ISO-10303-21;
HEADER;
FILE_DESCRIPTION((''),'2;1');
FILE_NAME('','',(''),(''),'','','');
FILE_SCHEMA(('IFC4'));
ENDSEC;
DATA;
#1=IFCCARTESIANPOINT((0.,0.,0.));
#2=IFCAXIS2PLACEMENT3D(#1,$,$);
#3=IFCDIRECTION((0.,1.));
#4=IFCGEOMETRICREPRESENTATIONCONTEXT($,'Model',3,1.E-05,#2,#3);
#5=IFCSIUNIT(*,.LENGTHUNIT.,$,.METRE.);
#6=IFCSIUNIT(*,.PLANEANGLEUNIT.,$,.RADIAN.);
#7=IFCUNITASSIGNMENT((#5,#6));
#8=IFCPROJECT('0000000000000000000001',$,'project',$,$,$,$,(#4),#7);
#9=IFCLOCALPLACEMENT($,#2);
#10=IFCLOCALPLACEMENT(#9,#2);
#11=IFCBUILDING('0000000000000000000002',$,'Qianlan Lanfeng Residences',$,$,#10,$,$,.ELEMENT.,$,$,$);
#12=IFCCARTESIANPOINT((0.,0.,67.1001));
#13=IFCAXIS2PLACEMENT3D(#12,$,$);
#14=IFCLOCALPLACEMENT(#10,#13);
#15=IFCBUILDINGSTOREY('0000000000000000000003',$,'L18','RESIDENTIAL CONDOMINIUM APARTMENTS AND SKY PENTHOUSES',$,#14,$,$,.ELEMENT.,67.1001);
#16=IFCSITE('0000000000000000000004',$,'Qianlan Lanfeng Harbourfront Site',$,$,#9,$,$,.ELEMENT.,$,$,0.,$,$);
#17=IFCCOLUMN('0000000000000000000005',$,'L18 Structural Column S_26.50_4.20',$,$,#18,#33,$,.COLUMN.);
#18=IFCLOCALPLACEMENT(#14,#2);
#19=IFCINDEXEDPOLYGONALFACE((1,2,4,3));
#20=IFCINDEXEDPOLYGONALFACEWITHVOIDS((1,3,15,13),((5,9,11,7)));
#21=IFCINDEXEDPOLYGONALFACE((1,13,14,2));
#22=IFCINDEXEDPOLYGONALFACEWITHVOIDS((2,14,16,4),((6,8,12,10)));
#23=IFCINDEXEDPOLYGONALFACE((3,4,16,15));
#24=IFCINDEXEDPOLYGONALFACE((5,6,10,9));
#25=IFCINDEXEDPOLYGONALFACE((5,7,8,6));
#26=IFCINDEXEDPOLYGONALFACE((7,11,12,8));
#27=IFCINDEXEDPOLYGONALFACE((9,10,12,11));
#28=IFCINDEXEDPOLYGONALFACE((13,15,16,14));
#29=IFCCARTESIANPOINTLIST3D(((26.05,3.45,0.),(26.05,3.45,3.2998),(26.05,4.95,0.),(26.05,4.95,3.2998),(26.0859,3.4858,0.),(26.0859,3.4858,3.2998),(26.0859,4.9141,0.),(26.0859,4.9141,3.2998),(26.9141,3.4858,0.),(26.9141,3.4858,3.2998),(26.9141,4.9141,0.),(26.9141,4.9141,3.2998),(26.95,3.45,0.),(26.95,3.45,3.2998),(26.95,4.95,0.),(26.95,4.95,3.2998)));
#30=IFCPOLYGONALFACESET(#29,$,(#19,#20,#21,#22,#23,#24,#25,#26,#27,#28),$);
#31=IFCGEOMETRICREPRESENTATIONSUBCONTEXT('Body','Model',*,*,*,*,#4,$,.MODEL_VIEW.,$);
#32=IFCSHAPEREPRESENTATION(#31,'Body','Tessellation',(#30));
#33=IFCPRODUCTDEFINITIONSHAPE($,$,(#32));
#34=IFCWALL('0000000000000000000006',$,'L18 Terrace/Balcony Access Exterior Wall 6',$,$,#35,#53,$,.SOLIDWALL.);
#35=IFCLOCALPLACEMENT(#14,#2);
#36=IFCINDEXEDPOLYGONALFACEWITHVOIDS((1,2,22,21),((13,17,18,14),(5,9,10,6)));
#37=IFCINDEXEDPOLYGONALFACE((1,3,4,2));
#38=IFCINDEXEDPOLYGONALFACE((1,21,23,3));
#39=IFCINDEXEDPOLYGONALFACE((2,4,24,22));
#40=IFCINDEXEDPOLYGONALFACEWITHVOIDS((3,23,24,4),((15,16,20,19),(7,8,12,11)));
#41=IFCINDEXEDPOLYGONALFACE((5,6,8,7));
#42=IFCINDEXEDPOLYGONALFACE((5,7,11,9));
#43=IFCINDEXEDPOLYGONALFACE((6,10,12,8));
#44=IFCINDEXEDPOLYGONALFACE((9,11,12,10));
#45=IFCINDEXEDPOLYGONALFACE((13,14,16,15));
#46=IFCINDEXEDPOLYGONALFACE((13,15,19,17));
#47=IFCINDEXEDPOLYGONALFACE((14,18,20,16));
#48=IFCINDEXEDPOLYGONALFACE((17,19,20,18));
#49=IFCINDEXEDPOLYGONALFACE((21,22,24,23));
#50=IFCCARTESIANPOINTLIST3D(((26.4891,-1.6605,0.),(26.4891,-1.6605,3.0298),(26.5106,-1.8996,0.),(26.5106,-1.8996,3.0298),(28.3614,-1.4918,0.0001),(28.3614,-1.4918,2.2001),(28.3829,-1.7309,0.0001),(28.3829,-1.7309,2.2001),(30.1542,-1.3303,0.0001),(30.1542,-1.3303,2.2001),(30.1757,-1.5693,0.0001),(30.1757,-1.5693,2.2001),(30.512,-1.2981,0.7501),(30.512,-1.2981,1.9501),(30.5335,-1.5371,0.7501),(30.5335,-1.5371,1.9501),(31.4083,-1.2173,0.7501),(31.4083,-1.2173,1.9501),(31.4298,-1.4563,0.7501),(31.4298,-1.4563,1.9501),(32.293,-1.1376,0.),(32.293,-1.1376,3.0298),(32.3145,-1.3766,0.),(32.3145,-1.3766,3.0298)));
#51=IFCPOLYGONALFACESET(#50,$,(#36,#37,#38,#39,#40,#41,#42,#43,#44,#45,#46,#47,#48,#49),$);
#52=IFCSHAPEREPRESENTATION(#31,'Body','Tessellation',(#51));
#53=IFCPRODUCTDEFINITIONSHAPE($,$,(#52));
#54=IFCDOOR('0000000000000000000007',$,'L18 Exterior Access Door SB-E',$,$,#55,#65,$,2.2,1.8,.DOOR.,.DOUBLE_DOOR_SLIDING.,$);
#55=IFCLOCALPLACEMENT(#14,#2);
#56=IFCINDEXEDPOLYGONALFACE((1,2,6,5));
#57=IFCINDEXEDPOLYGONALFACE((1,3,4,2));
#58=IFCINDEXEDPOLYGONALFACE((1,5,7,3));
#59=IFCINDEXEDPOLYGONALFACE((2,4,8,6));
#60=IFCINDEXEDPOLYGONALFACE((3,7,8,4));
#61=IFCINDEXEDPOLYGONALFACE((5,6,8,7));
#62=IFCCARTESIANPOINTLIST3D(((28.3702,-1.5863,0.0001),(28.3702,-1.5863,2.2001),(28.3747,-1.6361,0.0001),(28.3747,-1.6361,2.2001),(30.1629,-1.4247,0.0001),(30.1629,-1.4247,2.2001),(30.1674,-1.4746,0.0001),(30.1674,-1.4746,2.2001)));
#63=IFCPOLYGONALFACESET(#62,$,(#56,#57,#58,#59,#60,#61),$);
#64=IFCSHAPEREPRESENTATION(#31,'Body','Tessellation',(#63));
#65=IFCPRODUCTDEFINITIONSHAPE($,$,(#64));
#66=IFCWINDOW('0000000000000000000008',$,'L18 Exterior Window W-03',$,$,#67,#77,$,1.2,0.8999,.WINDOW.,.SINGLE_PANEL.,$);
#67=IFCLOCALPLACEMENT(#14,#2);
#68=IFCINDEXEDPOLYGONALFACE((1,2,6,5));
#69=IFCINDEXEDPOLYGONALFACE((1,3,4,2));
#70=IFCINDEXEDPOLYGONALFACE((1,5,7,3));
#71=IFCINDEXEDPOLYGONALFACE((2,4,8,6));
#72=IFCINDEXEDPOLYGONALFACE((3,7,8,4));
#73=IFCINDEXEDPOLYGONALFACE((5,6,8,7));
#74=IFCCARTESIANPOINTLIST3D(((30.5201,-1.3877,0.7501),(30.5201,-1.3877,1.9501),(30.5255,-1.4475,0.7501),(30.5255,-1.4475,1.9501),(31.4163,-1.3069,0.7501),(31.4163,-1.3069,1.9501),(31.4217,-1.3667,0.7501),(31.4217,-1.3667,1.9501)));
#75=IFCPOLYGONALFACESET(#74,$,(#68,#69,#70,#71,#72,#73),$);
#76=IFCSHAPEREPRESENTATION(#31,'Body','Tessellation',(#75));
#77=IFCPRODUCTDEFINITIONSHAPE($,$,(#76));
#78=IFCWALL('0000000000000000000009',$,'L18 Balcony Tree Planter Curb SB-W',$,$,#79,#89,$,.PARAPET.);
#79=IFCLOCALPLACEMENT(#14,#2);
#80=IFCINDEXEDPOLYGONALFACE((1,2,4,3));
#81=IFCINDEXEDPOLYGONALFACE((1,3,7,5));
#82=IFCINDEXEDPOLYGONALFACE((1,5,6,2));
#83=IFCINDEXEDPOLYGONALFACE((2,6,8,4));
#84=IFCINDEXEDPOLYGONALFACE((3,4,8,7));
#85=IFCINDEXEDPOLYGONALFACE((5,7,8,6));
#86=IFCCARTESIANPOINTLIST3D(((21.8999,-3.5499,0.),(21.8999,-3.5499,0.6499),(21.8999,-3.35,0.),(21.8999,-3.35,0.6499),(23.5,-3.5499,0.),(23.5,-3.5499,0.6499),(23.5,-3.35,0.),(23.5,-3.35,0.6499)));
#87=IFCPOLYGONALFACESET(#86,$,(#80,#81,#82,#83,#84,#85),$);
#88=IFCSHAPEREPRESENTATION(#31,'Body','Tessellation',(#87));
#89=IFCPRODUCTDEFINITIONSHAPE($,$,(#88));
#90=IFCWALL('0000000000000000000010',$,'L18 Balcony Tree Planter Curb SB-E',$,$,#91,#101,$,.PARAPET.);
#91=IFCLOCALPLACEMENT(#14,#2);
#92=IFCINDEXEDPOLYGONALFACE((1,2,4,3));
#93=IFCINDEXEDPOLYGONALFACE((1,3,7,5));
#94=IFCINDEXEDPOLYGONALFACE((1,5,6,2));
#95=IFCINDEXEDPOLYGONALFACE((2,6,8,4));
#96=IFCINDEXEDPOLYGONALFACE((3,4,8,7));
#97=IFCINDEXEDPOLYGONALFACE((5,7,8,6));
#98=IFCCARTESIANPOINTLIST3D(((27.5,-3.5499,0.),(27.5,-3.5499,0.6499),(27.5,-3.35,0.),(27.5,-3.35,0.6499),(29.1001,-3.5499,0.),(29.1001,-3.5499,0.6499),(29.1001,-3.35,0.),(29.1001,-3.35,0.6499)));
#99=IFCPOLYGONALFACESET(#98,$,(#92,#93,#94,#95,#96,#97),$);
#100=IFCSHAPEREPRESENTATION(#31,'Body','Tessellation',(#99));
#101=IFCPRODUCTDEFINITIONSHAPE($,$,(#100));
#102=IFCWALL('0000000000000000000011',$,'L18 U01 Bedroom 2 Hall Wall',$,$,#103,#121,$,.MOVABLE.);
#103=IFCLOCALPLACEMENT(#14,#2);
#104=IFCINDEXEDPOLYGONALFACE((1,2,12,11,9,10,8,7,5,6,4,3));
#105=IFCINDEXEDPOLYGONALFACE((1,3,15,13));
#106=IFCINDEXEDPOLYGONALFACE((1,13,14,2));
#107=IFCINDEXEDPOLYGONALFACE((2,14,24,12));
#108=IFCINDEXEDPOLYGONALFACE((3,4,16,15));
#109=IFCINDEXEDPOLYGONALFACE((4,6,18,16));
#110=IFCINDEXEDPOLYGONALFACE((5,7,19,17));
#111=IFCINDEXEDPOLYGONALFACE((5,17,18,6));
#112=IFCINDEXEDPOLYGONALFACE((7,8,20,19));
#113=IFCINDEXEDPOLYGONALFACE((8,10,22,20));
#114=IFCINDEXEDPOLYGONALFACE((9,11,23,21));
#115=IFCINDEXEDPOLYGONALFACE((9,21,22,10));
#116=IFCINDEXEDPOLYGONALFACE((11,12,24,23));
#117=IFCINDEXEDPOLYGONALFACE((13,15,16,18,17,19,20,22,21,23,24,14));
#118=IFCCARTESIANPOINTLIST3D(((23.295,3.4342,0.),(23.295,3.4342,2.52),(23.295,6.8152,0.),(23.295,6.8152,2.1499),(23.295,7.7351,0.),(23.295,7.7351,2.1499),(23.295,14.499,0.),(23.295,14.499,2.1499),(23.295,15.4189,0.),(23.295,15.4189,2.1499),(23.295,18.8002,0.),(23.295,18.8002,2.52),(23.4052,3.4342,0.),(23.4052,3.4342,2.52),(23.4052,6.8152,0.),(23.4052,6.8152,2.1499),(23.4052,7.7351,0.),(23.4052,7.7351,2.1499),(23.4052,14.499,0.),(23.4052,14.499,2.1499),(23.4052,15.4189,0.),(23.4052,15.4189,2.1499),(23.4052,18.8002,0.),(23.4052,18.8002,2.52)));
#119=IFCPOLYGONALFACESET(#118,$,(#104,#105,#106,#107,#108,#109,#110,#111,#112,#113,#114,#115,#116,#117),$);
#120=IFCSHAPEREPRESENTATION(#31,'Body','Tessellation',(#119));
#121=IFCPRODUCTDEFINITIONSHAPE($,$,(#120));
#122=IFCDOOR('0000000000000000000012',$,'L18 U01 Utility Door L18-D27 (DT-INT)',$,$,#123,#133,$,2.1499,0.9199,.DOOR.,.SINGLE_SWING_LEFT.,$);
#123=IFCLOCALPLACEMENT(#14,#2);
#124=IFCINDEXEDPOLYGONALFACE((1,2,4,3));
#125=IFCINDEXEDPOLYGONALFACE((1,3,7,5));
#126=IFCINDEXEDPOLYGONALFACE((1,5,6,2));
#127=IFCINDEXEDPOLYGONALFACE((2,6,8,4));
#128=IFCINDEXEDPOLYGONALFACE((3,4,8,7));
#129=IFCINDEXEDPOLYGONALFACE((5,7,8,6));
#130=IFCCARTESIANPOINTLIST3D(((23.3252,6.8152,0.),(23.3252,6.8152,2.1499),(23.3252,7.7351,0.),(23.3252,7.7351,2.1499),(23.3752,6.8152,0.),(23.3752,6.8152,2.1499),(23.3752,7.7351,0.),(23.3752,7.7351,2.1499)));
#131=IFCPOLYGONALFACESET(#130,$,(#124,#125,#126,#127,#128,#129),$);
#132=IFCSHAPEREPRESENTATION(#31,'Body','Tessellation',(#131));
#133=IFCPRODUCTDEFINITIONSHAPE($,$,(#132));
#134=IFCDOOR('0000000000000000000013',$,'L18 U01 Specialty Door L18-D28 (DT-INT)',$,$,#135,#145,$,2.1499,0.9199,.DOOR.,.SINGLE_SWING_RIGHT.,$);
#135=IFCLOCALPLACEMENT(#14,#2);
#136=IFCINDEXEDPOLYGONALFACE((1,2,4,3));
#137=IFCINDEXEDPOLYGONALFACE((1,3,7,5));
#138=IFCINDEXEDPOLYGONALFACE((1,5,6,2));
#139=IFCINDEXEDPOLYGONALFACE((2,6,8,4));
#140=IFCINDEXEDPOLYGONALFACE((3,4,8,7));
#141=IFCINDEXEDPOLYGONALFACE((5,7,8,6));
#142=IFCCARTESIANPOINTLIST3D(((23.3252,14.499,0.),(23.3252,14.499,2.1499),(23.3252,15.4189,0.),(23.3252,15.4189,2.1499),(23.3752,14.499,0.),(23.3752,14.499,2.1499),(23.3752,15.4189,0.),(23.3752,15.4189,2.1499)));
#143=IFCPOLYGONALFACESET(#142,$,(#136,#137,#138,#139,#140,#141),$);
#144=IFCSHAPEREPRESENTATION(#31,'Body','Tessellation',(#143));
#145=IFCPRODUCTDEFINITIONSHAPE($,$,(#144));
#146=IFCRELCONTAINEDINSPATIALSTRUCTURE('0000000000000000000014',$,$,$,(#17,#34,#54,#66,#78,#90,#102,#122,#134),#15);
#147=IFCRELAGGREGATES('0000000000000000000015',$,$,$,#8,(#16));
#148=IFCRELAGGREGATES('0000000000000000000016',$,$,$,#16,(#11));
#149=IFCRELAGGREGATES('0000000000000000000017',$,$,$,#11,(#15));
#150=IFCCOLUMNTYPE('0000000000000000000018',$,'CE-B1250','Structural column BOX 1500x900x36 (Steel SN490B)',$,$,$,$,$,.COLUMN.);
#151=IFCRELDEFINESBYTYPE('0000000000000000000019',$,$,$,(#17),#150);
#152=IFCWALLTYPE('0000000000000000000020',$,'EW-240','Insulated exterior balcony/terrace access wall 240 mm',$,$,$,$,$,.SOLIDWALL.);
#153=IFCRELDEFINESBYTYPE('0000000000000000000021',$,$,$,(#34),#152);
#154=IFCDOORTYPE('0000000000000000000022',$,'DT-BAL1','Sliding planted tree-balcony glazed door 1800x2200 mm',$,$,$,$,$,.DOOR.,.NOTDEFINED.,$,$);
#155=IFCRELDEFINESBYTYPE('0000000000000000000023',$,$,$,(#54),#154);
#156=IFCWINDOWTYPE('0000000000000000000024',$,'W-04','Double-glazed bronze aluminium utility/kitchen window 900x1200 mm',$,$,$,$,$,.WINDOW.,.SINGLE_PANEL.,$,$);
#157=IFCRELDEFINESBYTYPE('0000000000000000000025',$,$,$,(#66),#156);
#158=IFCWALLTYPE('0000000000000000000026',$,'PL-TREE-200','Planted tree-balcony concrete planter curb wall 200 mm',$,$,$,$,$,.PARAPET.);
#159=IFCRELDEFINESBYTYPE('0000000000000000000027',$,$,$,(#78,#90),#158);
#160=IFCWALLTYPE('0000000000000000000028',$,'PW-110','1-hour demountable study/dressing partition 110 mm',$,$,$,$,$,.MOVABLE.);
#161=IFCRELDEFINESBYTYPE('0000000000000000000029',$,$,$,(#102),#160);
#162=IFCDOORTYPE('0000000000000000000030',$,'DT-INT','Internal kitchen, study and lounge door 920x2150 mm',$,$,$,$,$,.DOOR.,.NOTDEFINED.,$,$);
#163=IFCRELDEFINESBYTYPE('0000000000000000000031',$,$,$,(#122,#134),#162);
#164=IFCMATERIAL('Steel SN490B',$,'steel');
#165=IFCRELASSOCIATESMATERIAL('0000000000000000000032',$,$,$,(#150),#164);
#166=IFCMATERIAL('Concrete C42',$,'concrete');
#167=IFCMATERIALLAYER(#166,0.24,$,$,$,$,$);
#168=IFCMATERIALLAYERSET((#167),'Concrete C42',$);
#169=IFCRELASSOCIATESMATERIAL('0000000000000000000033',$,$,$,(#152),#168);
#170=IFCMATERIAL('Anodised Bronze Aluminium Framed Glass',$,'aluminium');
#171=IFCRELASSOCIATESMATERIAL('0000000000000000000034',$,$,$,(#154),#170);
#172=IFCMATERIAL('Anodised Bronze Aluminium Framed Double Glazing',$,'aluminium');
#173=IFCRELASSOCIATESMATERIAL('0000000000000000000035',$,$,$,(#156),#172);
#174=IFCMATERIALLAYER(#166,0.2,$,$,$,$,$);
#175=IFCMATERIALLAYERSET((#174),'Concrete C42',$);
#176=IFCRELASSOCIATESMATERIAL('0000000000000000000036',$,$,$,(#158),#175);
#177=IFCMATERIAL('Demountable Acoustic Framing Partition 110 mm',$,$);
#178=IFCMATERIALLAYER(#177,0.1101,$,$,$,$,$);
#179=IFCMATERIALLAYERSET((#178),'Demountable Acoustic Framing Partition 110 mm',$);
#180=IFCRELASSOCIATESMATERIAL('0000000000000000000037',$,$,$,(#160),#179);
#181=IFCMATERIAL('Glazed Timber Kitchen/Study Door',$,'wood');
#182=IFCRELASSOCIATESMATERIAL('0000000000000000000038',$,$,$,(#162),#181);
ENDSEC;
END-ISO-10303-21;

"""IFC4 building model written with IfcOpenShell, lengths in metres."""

from ifc_helpers import new_model, si_unit, direction, frame, frame_2d, origin, origin_2d, place, context, subcontext, project, spatial, rectangle, hollow_rectangle, extrude, material, layer, layer_set, material_profile, profile_set, type_object, element, fill, save


model = new_model("IFC4")

# Units and contexts
model_context = context("Model", 3, precision=1e-05, world=origin(), true_north=direction((0.0, 1.0)))
body_context = subcontext(model_context, "Body", "Model", "MODEL_VIEW")
ifc_project = project(units=[si_unit("LENGTHUNIT", "METRE"), si_unit("PLANEANGLEUNIT", "RADIAN")], contexts=[model_context])

# Site, building, storey
site_placement = place(None, origin())
site = spatial("IfcSite", under=ifc_project, at=site_placement, Name="Qianlan Lanfeng Harbourfront Site", CompositionType="ELEMENT", RefElevation=0.0)
building_placement = place(site_placement, origin())
building = spatial("IfcBuilding", under=site, at=building_placement, Name="Qianlan Lanfeng Residences", CompositionType="ELEMENT")
storey_placement = place(building_placement, frame((0.0, 0.0, 67.1001)))
storey = spatial("IfcBuildingStorey", under=building, at=storey_placement, Name="L18", Description="RESIDENTIAL CONDOMINIUM APARTMENTS AND SKY PENTHOUSES", CompositionType="ELEMENT", Elevation=67.1001)

# Column
ifc_material_1 = material(Name="Steel SN490B", Category="steel")
ifc_material_profile = material_profile(ifc_material_1, hollow_rectangle(XDim=0.8999, YDim=1.5, WallThickness=0.0359, at=origin_2d()), Name="BOX 1500x900x36")
ifc_profile_set = profile_set([ifc_material_profile], Name="Steel SN490B")
column_type = type_object("IfcColumnType", Name="CE-B1250", Description="Structural column BOX 1500x900x36 (Steel SN490B)", PredefinedType="COLUMN", material=ifc_profile_set)
column_placement = place(storey_placement, frame((26.5, 4.2, 0.0), z_axis=(0.0, 0.0, 1.0), x_axis=(1.0, 0.0, 0.0)))
element("IfcColumn", 1, at=column_placement, inside=storey, type_object=column_type, Name="L18 Structural Column S_26.50_4.20", PredefinedType="COLUMN", context=body_context, shape_type="SweptSolid", body=[
    extrude(hollow_rectangle(XDim=0.8999, YDim=1.5, WallThickness=0.0359, at=origin_2d()), origin(), (0.0, 0.0, 1.0), 3.2998),
])

# Wall, openings, door, window
ifc_material_2 = material(Name="Concrete C42", Category="concrete")
ifc_layer_1 = layer(ifc_material_2, 0.24)
ifc_layer_set_1 = layer_set([ifc_layer_1], Name="Concrete C42")
wall_type_1 = type_object("IfcWallType", Name="EW-240", Description="Insulated exterior balcony/terrace access wall 240 mm", PredefinedType="SOLIDWALL", material=ifc_layer_set_1)
wall_1_placement = place(storey_placement, frame((26.5, -1.78, 0.0), z_axis=(0.0, 0.0, 1.0), x_axis=(0.995965, 0.089739, 0.0)))
wall_1 = element("IfcWall", 2, at=wall_1_placement, inside=storey, type_object=wall_type_1, Name="L18 Terrace/Balcony Access Exterior Wall 6", PredefinedType="SOLIDWALL", context=body_context, shape_type="SweptSolid", body=[
    extrude(rectangle(XDim=5.8274, YDim=0.24, at=frame_2d((2.9136, 0.0))), origin(), (0.0, 0.0, 1.0), 3.0298),
])
opening_1_placement = place(wall_1_placement, frame((1.8799, 0.0, 0.0)))
opening_1 = element("IfcOpeningElement", 3, at=opening_1_placement, cuts=wall_1, PredefinedType="OPENING", context=body_context, shape_type="SweptSolid", body=[
    extrude(rectangle(XDim=1.8, YDim=2.2, at=frame_2d((0.8999, 1.1001))), frame((0.0, 0.1299, 0.0), z_axis=(0.0, -1.0, 0.0), x_axis=(1.0, 0.0, 0.0)), (0.0, 0.0, 1.0), 0.26),
])
opening_2_placement = place(wall_1_placement, frame((4.0391, 0.0, 0.75)))
opening_2 = element("IfcOpeningElement", 4, at=opening_2_placement, cuts=wall_1, PredefinedType="OPENING", context=body_context, shape_type="SweptSolid", body=[
    extrude(rectangle(XDim=0.8999, YDim=1.2, at=frame_2d((0.45, 0.6001))), frame((0.0, 0.1299, 0.0), z_axis=(0.0, -1.0, 0.0), x_axis=(1.0, 0.0, 0.0)), (0.0, 0.0, 1.0), 0.26),
])
ifc_material_3 = material(Name="Anodised Bronze Aluminium Framed Glass", Category="aluminium")
door_type_1 = type_object("IfcDoorType", Name="DT-BAL1", Description="Sliding planted tree-balcony glazed door 1800x2200 mm", OperationType="NOTDEFINED", PredefinedType="DOOR", material=ifc_material_3)
door_1_placement = place(opening_1_placement, frame((1.8, 0.0, 0.0), z_axis=(0.0, 0.0, 1.0), x_axis=(-1.0, 0.0, 0.0)))
door_1 = element("IfcDoor", 5, at=door_1_placement, inside=storey, type_object=door_type_1, Name="L18 Exterior Access Door SB-E", OperationType="DOUBLE_DOOR_SLIDING", OverallHeight=2.2, OverallWidth=1.8, PredefinedType="DOOR", context=body_context, shape_type="SweptSolid", body=[
    extrude(rectangle(XDim=1.8, YDim=2.2, at=frame_2d((0.8999, 1.1001))), frame((0.0, 0.0249, 0.0), z_axis=(0.0, -1.0, 0.0), x_axis=(1.0, 0.0, 0.0)), (0.0, 0.0, 1.0), 0.05),
])
fill(opening_1, door_1)
ifc_material_4 = material(Name="Anodised Bronze Aluminium Framed Double Glazing", Category="aluminium")
window_type = type_object("IfcWindowType", Name="W-04", Description="Double-glazed bronze aluminium utility/kitchen window 900x1200 mm", PartitioningType="SINGLE_PANEL", PredefinedType="WINDOW", material=ifc_material_4)
window_placement = place(opening_2_placement, origin())
window = element("IfcWindow", 6, at=window_placement, inside=storey, type_object=window_type, Name="L18 Exterior Window W-03", OverallHeight=1.2, OverallWidth=0.8999, PartitioningType="SINGLE_PANEL", PredefinedType="WINDOW", context=body_context, shape_type="SweptSolid", body=[
    extrude(rectangle(XDim=0.8999, YDim=1.2, at=frame_2d((0.45, 0.6001))), frame((0.0, 0.03, 0.0), z_axis=(0.0, -1.0, 0.0), x_axis=(1.0, 0.0, 0.0)), (0.0, 0.0, 1.0), 0.0601),
])
fill(opening_2, window)

# Walls
ifc_layer_2 = layer(ifc_material_2, 0.2)
ifc_layer_set_2 = layer_set([ifc_layer_2], Name="Concrete C42")
wall_type_2 = type_object("IfcWallType", Name="PL-TREE-200", Description="Planted tree-balcony concrete planter curb wall 200 mm", PredefinedType="PARAPET", material=ifc_layer_set_2)
for number, where, z_axis, x_axis, name in (
    (7, (21.8999, -3.45, 0.0), (0.0, 0.0, 1.0), (1.0, 0.0, 0.0), "L18 Balcony Tree Planter Curb SB-W"),
    (8, (27.5, -3.45, 0.0), (0.0, 0.0, 1.0), (1.0, 0.0, 0.0), "L18 Balcony Tree Planter Curb SB-E"),
):
    element("IfcWall", number, at=place(storey_placement, frame(where, z_axis=z_axis, x_axis=x_axis)), inside=storey, type_object=wall_type_2, Name=name, PredefinedType="PARAPET", context=body_context, shape_type="SweptSolid", body=[
        extrude(rectangle(XDim=1.6001, YDim=0.2, at=frame_2d((0.8, 0.0))), origin(), (0.0, 0.0, 1.0), 0.6499),
    ])

# Wall, openings, doors
ifc_material_5 = material(Name="Demountable Acoustic Framing Partition 110 mm")
ifc_layer_3 = layer(ifc_material_5, 0.1101)
ifc_layer_set_3 = layer_set([ifc_layer_3], Name="Demountable Acoustic Framing Partition 110 mm")
wall_type_3 = type_object("IfcWallType", Name="PW-110", Description="1-hour demountable study/dressing partition 110 mm", PredefinedType="MOVABLE", material=ifc_layer_set_3)
wall_2_placement = place(storey_placement, frame((23.3501, 3.4341, 0.0), z_axis=(0.0, 0.0, 1.0), x_axis=(0.0, 1.0, 0.0)))
wall_2 = element("IfcWall", 9, at=wall_2_placement, inside=storey, type_object=wall_type_3, Name="L18 U01 Bedroom 2 Hall Wall", PredefinedType="MOVABLE", context=body_context, shape_type="SweptSolid", body=[
    extrude(rectangle(XDim=15.366, YDim=0.1101, at=frame_2d((7.6831, 0.0))), origin(), (0.0, 0.0, 1.0), 2.52),
])
opening_3_placement = place(wall_2_placement, frame((3.3811, 0.0, 0.0)))
opening_3 = element("IfcOpeningElement", 10, at=opening_3_placement, cuts=wall_2, PredefinedType="OPENING", context=body_context, shape_type="SweptSolid", body=[
    extrude(rectangle(XDim=0.9199, YDim=2.1499, at=frame_2d((0.46, 1.075))), frame((0.0, 0.0649, 0.0), z_axis=(0.0, -1.0, 0.0), x_axis=(1.0, 0.0, 0.0)), (0.0, 0.0, 1.0), 0.1301),
])
opening_4_placement = place(wall_2_placement, frame((11.0649, 0.0, 0.0)))
opening_4 = element("IfcOpeningElement", 11, at=opening_4_placement, cuts=wall_2, PredefinedType="OPENING", context=body_context, shape_type="SweptSolid", body=[
    extrude(rectangle(XDim=0.9199, YDim=2.1499, at=frame_2d((0.46, 1.075))), frame((0.0, 0.0649, 0.0), z_axis=(0.0, -1.0, 0.0), x_axis=(1.0, 0.0, 0.0)), (0.0, 0.0, 1.0), 0.1301),
])
ifc_material_6 = material(Name="Glazed Timber Kitchen/Study Door", Category="wood")
door_type_2 = type_object("IfcDoorType", Name="DT-INT", Description="Internal kitchen, study and lounge door 920x2150 mm", OperationType="NOTDEFINED", PredefinedType="DOOR", material=ifc_material_6)
door_2_placement = place(opening_3_placement, origin())
door_2 = element("IfcDoor", 12, at=door_2_placement, inside=storey, type_object=door_type_2, Name="L18 U01 Utility Door L18-D27 (DT-INT)", OperationType="SINGLE_SWING_LEFT", OverallHeight=2.1499, OverallWidth=0.9199, PredefinedType="DOOR", context=body_context, shape_type="SweptSolid", body=[
    extrude(rectangle(XDim=0.9199, YDim=2.1499, at=frame_2d((0.46, 1.075))), frame((0.0, 0.0249, 0.0), z_axis=(0.0, -1.0, 0.0), x_axis=(1.0, 0.0, 0.0)), (0.0, 0.0, 1.0), 0.05),
])
fill(opening_3, door_2)
door_3_placement = place(opening_4_placement, origin())
door_3 = element("IfcDoor", 13, at=door_3_placement, inside=storey, type_object=door_type_2, Name="L18 U01 Specialty Door L18-D28 (DT-INT)", OperationType="SINGLE_SWING_RIGHT", OverallHeight=2.1499, OverallWidth=0.9199, PredefinedType="DOOR", context=body_context, shape_type="SweptSolid", body=[
    extrude(rectangle(XDim=0.9199, YDim=2.1499, at=frame_2d((0.46, 1.075))), frame((0.0, 0.0249, 0.0), z_axis=(0.0, -1.0, 0.0), x_axis=(1.0, 0.0, 0.0)), (0.0, 0.0, 1.0), 0.05),
])
fill(opening_4, door_3)

save(model, "model.ifc")
